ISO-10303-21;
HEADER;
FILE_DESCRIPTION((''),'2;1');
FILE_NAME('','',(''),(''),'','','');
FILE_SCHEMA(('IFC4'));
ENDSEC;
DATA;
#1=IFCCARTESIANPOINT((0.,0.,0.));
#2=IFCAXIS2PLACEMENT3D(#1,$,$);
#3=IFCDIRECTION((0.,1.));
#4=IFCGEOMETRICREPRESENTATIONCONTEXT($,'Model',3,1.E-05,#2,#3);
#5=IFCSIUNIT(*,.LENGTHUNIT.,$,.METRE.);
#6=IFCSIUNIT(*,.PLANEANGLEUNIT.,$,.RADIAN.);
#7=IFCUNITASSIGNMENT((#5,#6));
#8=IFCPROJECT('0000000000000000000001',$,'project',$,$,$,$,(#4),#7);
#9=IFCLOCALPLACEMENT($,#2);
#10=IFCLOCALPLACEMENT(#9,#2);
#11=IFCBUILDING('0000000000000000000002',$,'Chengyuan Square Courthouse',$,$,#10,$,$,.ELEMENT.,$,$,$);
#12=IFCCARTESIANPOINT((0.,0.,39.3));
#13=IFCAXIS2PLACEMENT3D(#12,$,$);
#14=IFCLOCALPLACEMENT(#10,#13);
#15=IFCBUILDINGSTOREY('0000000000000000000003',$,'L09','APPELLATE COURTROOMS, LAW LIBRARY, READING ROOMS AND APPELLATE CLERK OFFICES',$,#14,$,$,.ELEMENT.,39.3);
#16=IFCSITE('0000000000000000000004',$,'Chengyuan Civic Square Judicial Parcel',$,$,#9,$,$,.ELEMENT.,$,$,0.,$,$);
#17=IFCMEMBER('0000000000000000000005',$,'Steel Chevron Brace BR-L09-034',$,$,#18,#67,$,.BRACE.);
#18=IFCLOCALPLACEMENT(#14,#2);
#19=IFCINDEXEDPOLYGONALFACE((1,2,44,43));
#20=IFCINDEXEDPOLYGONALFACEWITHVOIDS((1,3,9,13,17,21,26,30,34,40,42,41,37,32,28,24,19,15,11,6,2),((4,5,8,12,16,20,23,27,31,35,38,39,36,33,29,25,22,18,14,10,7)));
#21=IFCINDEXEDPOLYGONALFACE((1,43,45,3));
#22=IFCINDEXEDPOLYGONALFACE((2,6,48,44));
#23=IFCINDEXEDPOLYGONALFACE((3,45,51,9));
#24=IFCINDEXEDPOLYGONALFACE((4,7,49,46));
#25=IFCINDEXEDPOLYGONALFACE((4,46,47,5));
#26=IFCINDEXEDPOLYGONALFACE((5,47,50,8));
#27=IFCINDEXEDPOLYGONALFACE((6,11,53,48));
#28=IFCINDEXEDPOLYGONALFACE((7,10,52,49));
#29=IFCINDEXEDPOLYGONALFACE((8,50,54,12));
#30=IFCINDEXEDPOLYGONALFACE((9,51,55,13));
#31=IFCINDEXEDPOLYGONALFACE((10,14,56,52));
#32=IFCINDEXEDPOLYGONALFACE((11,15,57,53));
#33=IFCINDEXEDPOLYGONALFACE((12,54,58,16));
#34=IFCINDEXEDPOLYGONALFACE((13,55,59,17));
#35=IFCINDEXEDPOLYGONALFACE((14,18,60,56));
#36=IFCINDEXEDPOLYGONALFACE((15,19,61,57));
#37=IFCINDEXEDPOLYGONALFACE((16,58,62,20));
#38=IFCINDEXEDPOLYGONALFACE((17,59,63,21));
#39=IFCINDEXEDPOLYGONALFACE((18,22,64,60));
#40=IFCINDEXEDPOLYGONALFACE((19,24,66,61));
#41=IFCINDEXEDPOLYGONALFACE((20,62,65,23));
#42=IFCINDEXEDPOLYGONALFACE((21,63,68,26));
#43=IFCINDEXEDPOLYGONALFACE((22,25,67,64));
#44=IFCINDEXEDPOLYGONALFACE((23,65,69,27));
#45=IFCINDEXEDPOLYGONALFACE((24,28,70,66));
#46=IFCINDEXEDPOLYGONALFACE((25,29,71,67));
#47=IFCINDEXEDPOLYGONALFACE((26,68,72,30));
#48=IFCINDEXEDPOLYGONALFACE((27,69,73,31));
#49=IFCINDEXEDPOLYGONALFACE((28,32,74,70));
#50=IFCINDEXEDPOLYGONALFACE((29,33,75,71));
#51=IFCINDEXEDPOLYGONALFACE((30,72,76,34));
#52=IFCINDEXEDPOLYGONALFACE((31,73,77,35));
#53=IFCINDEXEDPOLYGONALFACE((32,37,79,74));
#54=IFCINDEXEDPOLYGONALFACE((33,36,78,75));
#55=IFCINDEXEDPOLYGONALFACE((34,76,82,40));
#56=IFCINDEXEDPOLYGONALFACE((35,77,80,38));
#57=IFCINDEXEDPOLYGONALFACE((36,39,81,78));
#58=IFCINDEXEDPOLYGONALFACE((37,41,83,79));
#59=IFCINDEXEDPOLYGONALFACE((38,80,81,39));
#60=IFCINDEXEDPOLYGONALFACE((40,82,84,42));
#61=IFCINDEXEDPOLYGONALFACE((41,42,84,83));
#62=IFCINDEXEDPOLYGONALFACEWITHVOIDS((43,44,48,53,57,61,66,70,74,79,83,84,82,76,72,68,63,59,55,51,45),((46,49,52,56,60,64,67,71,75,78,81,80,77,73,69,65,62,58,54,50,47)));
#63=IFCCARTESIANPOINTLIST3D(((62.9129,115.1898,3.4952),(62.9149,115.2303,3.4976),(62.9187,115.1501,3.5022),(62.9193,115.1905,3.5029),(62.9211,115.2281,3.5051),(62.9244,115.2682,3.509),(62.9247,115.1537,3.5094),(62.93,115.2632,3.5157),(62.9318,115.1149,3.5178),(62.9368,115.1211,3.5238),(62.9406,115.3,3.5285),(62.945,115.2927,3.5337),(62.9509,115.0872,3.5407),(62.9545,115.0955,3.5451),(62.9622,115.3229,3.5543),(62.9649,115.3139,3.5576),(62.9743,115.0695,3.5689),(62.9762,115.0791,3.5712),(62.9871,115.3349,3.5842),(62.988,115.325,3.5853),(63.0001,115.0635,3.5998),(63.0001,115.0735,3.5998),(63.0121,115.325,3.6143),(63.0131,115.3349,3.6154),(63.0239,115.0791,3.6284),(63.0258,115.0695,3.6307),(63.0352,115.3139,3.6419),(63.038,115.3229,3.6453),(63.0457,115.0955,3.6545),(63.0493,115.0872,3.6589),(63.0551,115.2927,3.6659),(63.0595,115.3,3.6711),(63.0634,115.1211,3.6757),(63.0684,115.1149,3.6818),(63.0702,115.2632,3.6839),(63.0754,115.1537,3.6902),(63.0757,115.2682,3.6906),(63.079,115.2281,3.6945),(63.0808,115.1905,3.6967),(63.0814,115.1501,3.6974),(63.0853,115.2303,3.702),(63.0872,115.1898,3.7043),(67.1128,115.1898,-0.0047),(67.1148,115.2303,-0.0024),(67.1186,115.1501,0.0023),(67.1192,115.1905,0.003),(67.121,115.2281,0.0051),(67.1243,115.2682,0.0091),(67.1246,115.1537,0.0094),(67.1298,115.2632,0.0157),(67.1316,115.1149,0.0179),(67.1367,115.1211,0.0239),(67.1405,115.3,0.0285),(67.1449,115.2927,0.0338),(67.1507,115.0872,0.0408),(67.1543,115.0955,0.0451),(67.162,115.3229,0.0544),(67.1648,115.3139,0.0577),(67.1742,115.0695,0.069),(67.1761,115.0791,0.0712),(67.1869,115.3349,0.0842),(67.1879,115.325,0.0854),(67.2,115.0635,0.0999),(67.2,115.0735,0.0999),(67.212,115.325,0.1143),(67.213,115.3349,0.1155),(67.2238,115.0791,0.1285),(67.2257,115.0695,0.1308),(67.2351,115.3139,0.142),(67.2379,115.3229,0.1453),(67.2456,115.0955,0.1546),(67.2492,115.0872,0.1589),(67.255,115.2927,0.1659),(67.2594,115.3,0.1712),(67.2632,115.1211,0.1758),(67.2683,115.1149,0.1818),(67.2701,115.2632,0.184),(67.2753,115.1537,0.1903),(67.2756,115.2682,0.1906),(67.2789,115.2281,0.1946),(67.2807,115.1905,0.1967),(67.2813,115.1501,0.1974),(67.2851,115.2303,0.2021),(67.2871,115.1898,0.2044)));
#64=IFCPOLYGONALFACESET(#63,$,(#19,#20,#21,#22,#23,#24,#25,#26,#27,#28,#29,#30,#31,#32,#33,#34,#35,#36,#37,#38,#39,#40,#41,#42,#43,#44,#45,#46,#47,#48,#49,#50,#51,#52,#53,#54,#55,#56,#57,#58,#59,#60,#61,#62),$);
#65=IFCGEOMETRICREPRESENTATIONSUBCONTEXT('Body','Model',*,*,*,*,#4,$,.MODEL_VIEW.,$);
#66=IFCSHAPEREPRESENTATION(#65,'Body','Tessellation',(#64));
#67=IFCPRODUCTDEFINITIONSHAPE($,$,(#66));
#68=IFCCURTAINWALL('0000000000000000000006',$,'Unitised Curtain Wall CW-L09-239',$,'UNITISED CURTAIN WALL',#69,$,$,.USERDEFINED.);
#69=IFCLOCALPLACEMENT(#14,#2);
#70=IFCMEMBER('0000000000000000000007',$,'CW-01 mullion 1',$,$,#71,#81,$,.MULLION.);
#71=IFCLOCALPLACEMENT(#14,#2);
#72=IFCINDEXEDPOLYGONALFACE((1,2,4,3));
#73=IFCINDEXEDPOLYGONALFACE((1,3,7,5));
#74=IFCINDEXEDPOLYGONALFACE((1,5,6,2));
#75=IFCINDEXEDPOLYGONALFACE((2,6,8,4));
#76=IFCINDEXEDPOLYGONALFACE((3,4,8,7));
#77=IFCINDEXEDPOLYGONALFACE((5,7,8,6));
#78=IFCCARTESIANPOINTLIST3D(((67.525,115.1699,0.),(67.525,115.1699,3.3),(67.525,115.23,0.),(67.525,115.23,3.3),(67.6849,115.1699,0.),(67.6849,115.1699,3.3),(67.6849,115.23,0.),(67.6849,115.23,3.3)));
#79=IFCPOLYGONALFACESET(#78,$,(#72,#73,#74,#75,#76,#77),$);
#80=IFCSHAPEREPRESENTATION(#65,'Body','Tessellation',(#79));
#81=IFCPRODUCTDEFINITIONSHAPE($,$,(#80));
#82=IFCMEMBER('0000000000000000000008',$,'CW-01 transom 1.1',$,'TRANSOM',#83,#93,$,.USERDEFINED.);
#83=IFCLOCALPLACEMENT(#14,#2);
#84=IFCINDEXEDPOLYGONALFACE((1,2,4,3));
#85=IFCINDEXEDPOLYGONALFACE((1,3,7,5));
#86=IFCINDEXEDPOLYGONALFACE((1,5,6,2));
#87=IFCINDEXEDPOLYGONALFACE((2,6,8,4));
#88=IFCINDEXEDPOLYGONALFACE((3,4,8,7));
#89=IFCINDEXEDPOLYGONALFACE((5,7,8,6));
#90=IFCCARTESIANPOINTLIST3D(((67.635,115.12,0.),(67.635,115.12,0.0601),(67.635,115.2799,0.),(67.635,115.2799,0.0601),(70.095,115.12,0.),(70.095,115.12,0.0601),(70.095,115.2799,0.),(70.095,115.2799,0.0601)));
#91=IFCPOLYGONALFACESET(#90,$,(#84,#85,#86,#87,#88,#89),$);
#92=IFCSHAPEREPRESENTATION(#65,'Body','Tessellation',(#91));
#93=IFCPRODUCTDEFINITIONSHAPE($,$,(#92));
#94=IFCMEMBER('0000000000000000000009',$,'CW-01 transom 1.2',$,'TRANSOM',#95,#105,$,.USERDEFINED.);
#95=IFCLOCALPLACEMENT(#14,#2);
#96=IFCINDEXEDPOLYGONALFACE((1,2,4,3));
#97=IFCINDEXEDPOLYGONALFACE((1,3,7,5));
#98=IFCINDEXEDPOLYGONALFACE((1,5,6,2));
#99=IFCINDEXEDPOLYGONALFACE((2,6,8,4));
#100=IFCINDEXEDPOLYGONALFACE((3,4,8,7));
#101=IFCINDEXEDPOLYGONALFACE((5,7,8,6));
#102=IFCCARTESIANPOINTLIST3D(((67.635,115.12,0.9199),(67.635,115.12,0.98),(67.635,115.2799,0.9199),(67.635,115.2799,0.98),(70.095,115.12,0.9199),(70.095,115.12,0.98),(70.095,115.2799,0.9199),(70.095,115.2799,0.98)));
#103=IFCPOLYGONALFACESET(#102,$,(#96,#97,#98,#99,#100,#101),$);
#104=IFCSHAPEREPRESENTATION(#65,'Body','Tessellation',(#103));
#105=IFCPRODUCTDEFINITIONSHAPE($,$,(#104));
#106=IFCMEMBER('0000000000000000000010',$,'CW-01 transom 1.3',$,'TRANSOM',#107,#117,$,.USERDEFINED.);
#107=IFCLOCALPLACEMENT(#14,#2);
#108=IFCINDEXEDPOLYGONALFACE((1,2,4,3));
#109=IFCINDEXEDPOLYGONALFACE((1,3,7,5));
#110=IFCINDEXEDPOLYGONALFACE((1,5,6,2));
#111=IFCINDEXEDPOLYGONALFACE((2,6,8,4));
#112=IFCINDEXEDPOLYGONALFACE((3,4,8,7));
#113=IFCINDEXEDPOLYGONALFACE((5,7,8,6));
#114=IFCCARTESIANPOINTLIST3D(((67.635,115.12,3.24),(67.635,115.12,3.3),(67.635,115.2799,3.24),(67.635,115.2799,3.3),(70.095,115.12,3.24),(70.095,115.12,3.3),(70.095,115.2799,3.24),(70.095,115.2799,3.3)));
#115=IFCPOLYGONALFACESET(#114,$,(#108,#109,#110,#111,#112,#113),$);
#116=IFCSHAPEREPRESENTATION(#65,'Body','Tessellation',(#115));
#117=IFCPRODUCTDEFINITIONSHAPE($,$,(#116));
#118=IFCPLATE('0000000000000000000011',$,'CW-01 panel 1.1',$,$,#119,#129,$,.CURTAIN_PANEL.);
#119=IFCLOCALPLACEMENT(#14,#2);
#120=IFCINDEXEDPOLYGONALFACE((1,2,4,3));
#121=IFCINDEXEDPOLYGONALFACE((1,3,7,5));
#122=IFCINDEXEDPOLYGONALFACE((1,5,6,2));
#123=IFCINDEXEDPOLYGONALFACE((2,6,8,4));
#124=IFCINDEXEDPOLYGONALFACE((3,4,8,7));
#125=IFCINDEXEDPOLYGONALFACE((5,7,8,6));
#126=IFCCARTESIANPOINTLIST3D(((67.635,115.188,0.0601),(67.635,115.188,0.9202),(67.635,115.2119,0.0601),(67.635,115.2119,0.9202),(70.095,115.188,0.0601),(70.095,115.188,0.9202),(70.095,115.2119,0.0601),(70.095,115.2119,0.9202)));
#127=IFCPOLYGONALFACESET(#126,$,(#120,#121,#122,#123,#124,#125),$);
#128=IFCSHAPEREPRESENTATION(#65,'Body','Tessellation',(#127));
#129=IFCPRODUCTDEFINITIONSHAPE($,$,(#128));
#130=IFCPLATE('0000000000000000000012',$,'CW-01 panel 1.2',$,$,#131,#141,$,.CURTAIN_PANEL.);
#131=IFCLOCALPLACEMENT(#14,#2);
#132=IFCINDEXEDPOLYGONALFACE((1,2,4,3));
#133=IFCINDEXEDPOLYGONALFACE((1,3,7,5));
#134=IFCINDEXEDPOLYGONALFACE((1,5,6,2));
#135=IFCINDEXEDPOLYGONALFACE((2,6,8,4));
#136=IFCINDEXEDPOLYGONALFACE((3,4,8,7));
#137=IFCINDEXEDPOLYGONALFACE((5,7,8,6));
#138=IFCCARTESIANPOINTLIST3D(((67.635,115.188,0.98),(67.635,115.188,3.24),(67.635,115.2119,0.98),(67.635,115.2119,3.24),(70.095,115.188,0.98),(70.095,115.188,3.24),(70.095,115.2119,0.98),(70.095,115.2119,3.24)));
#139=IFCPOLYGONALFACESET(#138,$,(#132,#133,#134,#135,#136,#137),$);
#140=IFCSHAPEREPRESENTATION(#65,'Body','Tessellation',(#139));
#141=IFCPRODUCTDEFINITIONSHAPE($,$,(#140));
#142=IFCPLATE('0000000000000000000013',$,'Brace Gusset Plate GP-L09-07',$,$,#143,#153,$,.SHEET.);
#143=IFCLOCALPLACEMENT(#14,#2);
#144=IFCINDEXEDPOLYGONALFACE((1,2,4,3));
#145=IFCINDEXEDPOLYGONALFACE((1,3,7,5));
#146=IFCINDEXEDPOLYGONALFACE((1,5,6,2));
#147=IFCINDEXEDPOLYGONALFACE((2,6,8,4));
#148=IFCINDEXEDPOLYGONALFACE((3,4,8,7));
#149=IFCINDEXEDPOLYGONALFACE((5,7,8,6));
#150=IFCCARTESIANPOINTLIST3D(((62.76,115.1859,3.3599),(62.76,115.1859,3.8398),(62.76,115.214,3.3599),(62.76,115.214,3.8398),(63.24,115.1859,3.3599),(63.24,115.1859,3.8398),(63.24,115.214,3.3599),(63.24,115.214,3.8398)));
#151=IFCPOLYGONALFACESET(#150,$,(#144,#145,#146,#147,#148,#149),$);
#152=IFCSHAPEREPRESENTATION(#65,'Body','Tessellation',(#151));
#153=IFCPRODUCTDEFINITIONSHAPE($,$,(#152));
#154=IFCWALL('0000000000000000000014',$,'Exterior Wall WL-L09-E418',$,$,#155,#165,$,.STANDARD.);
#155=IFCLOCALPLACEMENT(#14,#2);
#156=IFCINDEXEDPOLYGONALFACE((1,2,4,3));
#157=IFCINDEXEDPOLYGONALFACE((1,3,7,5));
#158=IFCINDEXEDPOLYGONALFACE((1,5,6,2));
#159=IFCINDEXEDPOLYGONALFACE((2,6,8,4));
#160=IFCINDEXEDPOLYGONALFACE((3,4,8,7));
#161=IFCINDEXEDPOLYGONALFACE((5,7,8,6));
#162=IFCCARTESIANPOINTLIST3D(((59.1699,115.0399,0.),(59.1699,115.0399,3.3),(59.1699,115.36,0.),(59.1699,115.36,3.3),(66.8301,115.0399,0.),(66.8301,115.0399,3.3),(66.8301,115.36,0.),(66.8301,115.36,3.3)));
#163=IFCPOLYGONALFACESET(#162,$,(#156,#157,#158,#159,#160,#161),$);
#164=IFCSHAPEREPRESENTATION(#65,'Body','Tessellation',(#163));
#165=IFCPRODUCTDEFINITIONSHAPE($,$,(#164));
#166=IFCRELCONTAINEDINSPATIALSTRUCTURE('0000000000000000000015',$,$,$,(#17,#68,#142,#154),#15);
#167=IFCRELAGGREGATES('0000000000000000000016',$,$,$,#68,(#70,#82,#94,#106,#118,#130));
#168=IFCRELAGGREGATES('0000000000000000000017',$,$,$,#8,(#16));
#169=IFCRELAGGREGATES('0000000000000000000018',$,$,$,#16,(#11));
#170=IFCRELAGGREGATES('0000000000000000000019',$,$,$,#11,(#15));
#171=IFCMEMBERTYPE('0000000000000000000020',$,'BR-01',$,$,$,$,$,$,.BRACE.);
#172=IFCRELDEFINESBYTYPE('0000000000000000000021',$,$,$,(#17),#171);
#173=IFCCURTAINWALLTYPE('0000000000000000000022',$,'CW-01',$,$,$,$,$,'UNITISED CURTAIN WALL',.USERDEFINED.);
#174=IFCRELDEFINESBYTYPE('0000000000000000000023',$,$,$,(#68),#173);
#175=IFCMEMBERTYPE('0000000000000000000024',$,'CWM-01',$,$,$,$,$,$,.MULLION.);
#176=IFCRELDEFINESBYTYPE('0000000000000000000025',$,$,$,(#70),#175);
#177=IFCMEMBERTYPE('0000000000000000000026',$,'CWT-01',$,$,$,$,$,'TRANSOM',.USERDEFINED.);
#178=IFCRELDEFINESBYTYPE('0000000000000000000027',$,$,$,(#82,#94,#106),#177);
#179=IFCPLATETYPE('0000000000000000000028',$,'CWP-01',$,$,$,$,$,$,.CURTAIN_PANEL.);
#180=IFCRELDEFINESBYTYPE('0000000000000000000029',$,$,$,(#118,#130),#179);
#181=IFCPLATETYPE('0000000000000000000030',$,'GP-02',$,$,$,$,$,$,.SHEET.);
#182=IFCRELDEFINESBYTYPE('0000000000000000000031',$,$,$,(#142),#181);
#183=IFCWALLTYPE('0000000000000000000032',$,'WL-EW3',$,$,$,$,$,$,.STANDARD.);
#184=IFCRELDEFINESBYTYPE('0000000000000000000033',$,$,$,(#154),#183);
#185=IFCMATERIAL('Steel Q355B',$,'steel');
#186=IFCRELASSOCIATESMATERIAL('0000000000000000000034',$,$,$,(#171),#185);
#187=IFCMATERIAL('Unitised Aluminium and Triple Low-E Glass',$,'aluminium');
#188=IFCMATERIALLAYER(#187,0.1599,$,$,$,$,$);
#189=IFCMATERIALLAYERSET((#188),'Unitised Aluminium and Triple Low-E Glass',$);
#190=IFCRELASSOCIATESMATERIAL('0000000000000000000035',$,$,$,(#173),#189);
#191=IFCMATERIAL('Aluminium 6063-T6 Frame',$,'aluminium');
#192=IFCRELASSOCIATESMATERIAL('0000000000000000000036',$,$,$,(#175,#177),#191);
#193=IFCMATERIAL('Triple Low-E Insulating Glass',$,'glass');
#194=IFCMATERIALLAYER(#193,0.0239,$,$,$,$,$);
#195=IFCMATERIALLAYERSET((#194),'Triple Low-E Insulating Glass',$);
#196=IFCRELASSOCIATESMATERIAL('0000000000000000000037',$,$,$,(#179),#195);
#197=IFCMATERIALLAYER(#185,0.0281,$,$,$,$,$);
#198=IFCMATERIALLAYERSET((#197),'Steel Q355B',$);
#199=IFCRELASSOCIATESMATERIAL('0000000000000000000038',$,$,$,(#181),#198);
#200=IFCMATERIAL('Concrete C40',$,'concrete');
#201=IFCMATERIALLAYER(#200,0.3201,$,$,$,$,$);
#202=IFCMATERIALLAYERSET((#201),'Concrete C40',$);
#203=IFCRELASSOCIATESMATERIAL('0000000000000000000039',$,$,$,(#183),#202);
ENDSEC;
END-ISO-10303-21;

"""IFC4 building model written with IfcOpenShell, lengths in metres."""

from ifc_helpers import new_model, si_unit, direction, frame, frame_2d, origin, origin_2d, place, context, subcontext, project, spatial, rectangle, hollow_circle, extrude, material, layer, layer_set, material_profile, profile_set, type_object, element, aggregate, save


model = new_model("IFC4")

# Units and contexts
model_context = context("Model", 3, precision=1e-05, world=origin(), true_north=direction((0.0, 1.0)))
body_context = subcontext(model_context, "Body", "Model", "MODEL_VIEW")
ifc_project = project(units=[si_unit("LENGTHUNIT", "METRE"), si_unit("PLANEANGLEUNIT", "RADIAN")], contexts=[model_context])

# Site, building, storey
site_placement = place(None, origin())
site = spatial("IfcSite", under=ifc_project, at=site_placement, Name="Chengyuan Civic Square Judicial Parcel", CompositionType="ELEMENT", RefElevation=0.0)
building_placement = place(site_placement, origin())
building = spatial("IfcBuilding", under=site, at=building_placement, Name="Chengyuan Square Courthouse", CompositionType="ELEMENT")
storey_placement = place(building_placement, frame((0.0, 0.0, 39.3)))
storey = spatial("IfcBuildingStorey", under=building, at=storey_placement, Name="L09", Description="APPELLATE COURTROOMS, LAW LIBRARY, READING ROOMS AND APPELLATE CLERK OFFICES", CompositionType="ELEMENT", Elevation=39.3)

# Shared definitions
ifc_material_1 = material(Name="Concrete C40", Category="concrete")

# Shared definitions
ifc_material_2 = material(Name="Steel Q355B", Category="steel")

# Member
ifc_material_profile_1 = material_profile(ifc_material_2, hollow_circle(Radius=0.1365, WallThickness=0.01, at=origin_2d()), Name="CHS 273x10")
ifc_profile_set_1 = profile_set([ifc_material_profile_1], Name="Steel Q355B")
member_type_1 = type_object("IfcMemberType", Name="BR-01", PredefinedType="BRACE", material=ifc_profile_set_1)
for number, where, z_axis, x_axis, name in (
    (1, (67.2, 115.2, 0.0999), (-0.768218, 0.0, 0.640189), (0.0, -1.0, 0.0), "Steel Chevron Brace BR-L09-034"),
):
    element("IfcMember", number, at=place(storey_placement, frame(where, z_axis=z_axis, x_axis=x_axis)), inside=storey, type_object=member_type_1, Name=name, PredefinedType="BRACE", context=body_context, shape_type="SweptSolid", body=[
        extrude(hollow_circle(Radius=0.1365, WallThickness=0.01, at=origin_2d()), origin(), (0.0, 0.0, 1.0), 5.467),
    ])

# Curtain wall, members, plates
ifc_material_3 = material(Name="Unitised Aluminium and Triple Low-E Glass", Category="aluminium")
ifc_layer_1 = layer(ifc_material_3, 0.1599)
ifc_layer_set_1 = layer_set([ifc_layer_1], Name="Unitised Aluminium and Triple Low-E Glass")
curtain_wall_type = type_object("IfcCurtainWallType", Name="CW-01", ElementType="UNITISED CURTAIN WALL", PredefinedType="USERDEFINED", material=ifc_layer_set_1)
curtain_wall_placement = place(storey_placement, origin())
curtain_wall = element("IfcCurtainWall", 2, at=curtain_wall_placement, inside=storey, type_object=curtain_wall_type, Name="Unitised Curtain Wall CW-L09-239", ObjectType="UNITISED CURTAIN WALL", PredefinedType="USERDEFINED")
ifc_material_4 = material(Name="Aluminium 6063-T6 Frame", Category="aluminium")
ifc_material_profile_2 = material_profile(ifc_material_4, rectangle(XDim=0.0601, YDim=0.1599, at=origin_2d()), Name="CW-MUL-60x160")
ifc_profile_set_2 = profile_set([ifc_material_profile_2], Name="Aluminium 6063-T6 Frame")
member_type_2 = type_object("IfcMemberType", Name="CWM-01", PredefinedType="MULLION", material=ifc_profile_set_2)
member_1_placement = place(storey_placement, frame((67.605, 115.2, 0.0), z_axis=(0.0, 0.0, 1.0), x_axis=(0.0, 1.0, 0.0)))
member_1 = element("IfcMember", 3, at=member_1_placement, type_object=member_type_2, Name="CW-01 mullion 1", PredefinedType="MULLION", context=body_context, shape_type="SweptSolid", body=[
    extrude(rectangle(XDim=0.0601, YDim=0.1599, at=origin_2d()), origin(), (0.0, 0.0, 1.0), 3.3),
])
ifc_material_profile_3 = material_profile(ifc_material_4, rectangle(XDim=0.1599, YDim=0.0601, at=origin_2d()), Name="CW-TRN-60x120")
ifc_profile_set_3 = profile_set([ifc_material_profile_3], Name="Aluminium 6063-T6 Frame")
member_type_3 = type_object("IfcMemberType", Name="CWT-01", ElementType="TRANSOM", PredefinedType="USERDEFINED", material=ifc_profile_set_3)
member_2_placement = place(storey_placement, frame((67.635, 115.2, 0.03), z_axis=(1.0, 0.0, 0.0), x_axis=(0.0, 1.0, 0.0)))
member_2 = element("IfcMember", 4, at=member_2_placement, type_object=member_type_3, Name="CW-01 transom 1.1", ObjectType="TRANSOM", PredefinedType="USERDEFINED", context=body_context, shape_type="SweptSolid", body=[
    extrude(rectangle(XDim=0.1599, YDim=0.0601, at=origin_2d()), origin(), (0.0, 0.0, 1.0), 2.46),
])
member_3_placement = place(storey_placement, frame((67.635, 115.2, 0.95), z_axis=(1.0, 0.0, 0.0), x_axis=(0.0, 1.0, 0.0)))
member_3 = element("IfcMember", 5, at=member_3_placement, type_object=member_type_3, Name="CW-01 transom 1.2", ObjectType="TRANSOM", PredefinedType="USERDEFINED", context=body_context, shape_type="SweptSolid", body=[
    extrude(rectangle(XDim=0.1599, YDim=0.0601, at=origin_2d()), origin(), (0.0, 0.0, 1.0), 2.46),
])
member_4_placement = place(storey_placement, frame((67.635, 115.2, 3.27), z_axis=(1.0, 0.0, 0.0), x_axis=(0.0, 1.0, 0.0)))
member_4 = element("IfcMember", 6, at=member_4_placement, type_object=member_type_3, Name="CW-01 transom 1.3", ObjectType="TRANSOM", PredefinedType="USERDEFINED", context=body_context, shape_type="SweptSolid", body=[
    extrude(rectangle(XDim=0.1599, YDim=0.0601, at=origin_2d()), origin(), (0.0, 0.0, 1.0), 2.46),
])
ifc_material_5 = material(Name="Triple Low-E Insulating Glass", Category="glass")
ifc_layer_2 = layer(ifc_material_5, 0.0239)
ifc_layer_set_2 = layer_set([ifc_layer_2], Name="Triple Low-E Insulating Glass")
plate_type_1 = type_object("IfcPlateType", Name="CWP-01", PredefinedType="CURTAIN_PANEL", material=ifc_layer_set_2)
plate_1_placement = place(storey_placement, frame((68.865, 115.2, 0.0601), z_axis=(0.0, 0.0, 1.0), x_axis=(1.0, 0.0, 0.0)))
plate_1 = element("IfcPlate", 7, at=plate_1_placement, type_object=plate_type_1, Name="CW-01 panel 1.1", PredefinedType="CURTAIN_PANEL", context=body_context, shape_type="SweptSolid", body=[
    extrude(rectangle(XDim=2.46, YDim=0.0239, at=origin_2d()), origin(), (0.0, 0.0, 1.0), 0.8601),
])
plate_2_placement = place(storey_placement, frame((68.865, 115.2, 0.98), z_axis=(0.0, 0.0, 1.0), x_axis=(1.0, 0.0, 0.0)))
plate_2 = element("IfcPlate", 8, at=plate_2_placement, type_object=plate_type_1, Name="CW-01 panel 1.2", PredefinedType="CURTAIN_PANEL", context=body_context, shape_type="SweptSolid", body=[
    extrude(rectangle(XDim=2.46, YDim=0.0239, at=origin_2d()), origin(), (0.0, 0.0, 1.0), 2.26),
])
aggregate(curtain_wall, [member_1, member_2, member_3, member_4, plate_1, plate_2])

# Plate
ifc_layer_3 = layer(ifc_material_2, 0.0281)
ifc_layer_set_3 = layer_set([ifc_layer_3], Name="Steel Q355B")
plate_type_2 = type_object("IfcPlateType", Name="GP-02", PredefinedType="SHEET", material=ifc_layer_set_3)
plate_3_placement = place(storey_placement, frame((63.0, 115.2, 3.3599), z_axis=(0.0, 0.0, 1.0), x_axis=(1.0, 0.0, 0.0)))
element("IfcPlate", 9, at=plate_3_placement, inside=storey, type_object=plate_type_2, Name="Brace Gusset Plate GP-L09-07", PredefinedType="SHEET", context=body_context, shape_type="SweptSolid", body=[
    extrude(rectangle(XDim=0.48, YDim=0.0281, at=origin_2d()), origin(), (0.0, 0.0, 1.0), 0.48),
])

# Wall
ifc_layer_4 = layer(ifc_material_1, 0.3201)
ifc_layer_set_4 = layer_set([ifc_layer_4], Name="Concrete C40")
wall_type_1 = type_object("IfcWallType", Name="WL-EW3", PredefinedType="STANDARD", material=ifc_layer_set_4)
wall_1_placement = place(storey_placement, frame((59.1699, 115.2, 0.0), z_axis=(0.0, 0.0, 1.0), x_axis=(1.0, 0.0, 0.0)))
element("IfcWall", 10, at=wall_1_placement, inside=storey, type_object=wall_type_1, Name="Exterior Wall WL-L09-E418", PredefinedType="STANDARD", context=body_context, shape_type="SweptSolid", body=[
    extrude(rectangle(XDim=7.6602, YDim=0.3201, at=frame_2d((3.8301, 0.0))), origin(), (0.0, 0.0, 1.0), 3.3),
])

save(model, "model.ifc")
